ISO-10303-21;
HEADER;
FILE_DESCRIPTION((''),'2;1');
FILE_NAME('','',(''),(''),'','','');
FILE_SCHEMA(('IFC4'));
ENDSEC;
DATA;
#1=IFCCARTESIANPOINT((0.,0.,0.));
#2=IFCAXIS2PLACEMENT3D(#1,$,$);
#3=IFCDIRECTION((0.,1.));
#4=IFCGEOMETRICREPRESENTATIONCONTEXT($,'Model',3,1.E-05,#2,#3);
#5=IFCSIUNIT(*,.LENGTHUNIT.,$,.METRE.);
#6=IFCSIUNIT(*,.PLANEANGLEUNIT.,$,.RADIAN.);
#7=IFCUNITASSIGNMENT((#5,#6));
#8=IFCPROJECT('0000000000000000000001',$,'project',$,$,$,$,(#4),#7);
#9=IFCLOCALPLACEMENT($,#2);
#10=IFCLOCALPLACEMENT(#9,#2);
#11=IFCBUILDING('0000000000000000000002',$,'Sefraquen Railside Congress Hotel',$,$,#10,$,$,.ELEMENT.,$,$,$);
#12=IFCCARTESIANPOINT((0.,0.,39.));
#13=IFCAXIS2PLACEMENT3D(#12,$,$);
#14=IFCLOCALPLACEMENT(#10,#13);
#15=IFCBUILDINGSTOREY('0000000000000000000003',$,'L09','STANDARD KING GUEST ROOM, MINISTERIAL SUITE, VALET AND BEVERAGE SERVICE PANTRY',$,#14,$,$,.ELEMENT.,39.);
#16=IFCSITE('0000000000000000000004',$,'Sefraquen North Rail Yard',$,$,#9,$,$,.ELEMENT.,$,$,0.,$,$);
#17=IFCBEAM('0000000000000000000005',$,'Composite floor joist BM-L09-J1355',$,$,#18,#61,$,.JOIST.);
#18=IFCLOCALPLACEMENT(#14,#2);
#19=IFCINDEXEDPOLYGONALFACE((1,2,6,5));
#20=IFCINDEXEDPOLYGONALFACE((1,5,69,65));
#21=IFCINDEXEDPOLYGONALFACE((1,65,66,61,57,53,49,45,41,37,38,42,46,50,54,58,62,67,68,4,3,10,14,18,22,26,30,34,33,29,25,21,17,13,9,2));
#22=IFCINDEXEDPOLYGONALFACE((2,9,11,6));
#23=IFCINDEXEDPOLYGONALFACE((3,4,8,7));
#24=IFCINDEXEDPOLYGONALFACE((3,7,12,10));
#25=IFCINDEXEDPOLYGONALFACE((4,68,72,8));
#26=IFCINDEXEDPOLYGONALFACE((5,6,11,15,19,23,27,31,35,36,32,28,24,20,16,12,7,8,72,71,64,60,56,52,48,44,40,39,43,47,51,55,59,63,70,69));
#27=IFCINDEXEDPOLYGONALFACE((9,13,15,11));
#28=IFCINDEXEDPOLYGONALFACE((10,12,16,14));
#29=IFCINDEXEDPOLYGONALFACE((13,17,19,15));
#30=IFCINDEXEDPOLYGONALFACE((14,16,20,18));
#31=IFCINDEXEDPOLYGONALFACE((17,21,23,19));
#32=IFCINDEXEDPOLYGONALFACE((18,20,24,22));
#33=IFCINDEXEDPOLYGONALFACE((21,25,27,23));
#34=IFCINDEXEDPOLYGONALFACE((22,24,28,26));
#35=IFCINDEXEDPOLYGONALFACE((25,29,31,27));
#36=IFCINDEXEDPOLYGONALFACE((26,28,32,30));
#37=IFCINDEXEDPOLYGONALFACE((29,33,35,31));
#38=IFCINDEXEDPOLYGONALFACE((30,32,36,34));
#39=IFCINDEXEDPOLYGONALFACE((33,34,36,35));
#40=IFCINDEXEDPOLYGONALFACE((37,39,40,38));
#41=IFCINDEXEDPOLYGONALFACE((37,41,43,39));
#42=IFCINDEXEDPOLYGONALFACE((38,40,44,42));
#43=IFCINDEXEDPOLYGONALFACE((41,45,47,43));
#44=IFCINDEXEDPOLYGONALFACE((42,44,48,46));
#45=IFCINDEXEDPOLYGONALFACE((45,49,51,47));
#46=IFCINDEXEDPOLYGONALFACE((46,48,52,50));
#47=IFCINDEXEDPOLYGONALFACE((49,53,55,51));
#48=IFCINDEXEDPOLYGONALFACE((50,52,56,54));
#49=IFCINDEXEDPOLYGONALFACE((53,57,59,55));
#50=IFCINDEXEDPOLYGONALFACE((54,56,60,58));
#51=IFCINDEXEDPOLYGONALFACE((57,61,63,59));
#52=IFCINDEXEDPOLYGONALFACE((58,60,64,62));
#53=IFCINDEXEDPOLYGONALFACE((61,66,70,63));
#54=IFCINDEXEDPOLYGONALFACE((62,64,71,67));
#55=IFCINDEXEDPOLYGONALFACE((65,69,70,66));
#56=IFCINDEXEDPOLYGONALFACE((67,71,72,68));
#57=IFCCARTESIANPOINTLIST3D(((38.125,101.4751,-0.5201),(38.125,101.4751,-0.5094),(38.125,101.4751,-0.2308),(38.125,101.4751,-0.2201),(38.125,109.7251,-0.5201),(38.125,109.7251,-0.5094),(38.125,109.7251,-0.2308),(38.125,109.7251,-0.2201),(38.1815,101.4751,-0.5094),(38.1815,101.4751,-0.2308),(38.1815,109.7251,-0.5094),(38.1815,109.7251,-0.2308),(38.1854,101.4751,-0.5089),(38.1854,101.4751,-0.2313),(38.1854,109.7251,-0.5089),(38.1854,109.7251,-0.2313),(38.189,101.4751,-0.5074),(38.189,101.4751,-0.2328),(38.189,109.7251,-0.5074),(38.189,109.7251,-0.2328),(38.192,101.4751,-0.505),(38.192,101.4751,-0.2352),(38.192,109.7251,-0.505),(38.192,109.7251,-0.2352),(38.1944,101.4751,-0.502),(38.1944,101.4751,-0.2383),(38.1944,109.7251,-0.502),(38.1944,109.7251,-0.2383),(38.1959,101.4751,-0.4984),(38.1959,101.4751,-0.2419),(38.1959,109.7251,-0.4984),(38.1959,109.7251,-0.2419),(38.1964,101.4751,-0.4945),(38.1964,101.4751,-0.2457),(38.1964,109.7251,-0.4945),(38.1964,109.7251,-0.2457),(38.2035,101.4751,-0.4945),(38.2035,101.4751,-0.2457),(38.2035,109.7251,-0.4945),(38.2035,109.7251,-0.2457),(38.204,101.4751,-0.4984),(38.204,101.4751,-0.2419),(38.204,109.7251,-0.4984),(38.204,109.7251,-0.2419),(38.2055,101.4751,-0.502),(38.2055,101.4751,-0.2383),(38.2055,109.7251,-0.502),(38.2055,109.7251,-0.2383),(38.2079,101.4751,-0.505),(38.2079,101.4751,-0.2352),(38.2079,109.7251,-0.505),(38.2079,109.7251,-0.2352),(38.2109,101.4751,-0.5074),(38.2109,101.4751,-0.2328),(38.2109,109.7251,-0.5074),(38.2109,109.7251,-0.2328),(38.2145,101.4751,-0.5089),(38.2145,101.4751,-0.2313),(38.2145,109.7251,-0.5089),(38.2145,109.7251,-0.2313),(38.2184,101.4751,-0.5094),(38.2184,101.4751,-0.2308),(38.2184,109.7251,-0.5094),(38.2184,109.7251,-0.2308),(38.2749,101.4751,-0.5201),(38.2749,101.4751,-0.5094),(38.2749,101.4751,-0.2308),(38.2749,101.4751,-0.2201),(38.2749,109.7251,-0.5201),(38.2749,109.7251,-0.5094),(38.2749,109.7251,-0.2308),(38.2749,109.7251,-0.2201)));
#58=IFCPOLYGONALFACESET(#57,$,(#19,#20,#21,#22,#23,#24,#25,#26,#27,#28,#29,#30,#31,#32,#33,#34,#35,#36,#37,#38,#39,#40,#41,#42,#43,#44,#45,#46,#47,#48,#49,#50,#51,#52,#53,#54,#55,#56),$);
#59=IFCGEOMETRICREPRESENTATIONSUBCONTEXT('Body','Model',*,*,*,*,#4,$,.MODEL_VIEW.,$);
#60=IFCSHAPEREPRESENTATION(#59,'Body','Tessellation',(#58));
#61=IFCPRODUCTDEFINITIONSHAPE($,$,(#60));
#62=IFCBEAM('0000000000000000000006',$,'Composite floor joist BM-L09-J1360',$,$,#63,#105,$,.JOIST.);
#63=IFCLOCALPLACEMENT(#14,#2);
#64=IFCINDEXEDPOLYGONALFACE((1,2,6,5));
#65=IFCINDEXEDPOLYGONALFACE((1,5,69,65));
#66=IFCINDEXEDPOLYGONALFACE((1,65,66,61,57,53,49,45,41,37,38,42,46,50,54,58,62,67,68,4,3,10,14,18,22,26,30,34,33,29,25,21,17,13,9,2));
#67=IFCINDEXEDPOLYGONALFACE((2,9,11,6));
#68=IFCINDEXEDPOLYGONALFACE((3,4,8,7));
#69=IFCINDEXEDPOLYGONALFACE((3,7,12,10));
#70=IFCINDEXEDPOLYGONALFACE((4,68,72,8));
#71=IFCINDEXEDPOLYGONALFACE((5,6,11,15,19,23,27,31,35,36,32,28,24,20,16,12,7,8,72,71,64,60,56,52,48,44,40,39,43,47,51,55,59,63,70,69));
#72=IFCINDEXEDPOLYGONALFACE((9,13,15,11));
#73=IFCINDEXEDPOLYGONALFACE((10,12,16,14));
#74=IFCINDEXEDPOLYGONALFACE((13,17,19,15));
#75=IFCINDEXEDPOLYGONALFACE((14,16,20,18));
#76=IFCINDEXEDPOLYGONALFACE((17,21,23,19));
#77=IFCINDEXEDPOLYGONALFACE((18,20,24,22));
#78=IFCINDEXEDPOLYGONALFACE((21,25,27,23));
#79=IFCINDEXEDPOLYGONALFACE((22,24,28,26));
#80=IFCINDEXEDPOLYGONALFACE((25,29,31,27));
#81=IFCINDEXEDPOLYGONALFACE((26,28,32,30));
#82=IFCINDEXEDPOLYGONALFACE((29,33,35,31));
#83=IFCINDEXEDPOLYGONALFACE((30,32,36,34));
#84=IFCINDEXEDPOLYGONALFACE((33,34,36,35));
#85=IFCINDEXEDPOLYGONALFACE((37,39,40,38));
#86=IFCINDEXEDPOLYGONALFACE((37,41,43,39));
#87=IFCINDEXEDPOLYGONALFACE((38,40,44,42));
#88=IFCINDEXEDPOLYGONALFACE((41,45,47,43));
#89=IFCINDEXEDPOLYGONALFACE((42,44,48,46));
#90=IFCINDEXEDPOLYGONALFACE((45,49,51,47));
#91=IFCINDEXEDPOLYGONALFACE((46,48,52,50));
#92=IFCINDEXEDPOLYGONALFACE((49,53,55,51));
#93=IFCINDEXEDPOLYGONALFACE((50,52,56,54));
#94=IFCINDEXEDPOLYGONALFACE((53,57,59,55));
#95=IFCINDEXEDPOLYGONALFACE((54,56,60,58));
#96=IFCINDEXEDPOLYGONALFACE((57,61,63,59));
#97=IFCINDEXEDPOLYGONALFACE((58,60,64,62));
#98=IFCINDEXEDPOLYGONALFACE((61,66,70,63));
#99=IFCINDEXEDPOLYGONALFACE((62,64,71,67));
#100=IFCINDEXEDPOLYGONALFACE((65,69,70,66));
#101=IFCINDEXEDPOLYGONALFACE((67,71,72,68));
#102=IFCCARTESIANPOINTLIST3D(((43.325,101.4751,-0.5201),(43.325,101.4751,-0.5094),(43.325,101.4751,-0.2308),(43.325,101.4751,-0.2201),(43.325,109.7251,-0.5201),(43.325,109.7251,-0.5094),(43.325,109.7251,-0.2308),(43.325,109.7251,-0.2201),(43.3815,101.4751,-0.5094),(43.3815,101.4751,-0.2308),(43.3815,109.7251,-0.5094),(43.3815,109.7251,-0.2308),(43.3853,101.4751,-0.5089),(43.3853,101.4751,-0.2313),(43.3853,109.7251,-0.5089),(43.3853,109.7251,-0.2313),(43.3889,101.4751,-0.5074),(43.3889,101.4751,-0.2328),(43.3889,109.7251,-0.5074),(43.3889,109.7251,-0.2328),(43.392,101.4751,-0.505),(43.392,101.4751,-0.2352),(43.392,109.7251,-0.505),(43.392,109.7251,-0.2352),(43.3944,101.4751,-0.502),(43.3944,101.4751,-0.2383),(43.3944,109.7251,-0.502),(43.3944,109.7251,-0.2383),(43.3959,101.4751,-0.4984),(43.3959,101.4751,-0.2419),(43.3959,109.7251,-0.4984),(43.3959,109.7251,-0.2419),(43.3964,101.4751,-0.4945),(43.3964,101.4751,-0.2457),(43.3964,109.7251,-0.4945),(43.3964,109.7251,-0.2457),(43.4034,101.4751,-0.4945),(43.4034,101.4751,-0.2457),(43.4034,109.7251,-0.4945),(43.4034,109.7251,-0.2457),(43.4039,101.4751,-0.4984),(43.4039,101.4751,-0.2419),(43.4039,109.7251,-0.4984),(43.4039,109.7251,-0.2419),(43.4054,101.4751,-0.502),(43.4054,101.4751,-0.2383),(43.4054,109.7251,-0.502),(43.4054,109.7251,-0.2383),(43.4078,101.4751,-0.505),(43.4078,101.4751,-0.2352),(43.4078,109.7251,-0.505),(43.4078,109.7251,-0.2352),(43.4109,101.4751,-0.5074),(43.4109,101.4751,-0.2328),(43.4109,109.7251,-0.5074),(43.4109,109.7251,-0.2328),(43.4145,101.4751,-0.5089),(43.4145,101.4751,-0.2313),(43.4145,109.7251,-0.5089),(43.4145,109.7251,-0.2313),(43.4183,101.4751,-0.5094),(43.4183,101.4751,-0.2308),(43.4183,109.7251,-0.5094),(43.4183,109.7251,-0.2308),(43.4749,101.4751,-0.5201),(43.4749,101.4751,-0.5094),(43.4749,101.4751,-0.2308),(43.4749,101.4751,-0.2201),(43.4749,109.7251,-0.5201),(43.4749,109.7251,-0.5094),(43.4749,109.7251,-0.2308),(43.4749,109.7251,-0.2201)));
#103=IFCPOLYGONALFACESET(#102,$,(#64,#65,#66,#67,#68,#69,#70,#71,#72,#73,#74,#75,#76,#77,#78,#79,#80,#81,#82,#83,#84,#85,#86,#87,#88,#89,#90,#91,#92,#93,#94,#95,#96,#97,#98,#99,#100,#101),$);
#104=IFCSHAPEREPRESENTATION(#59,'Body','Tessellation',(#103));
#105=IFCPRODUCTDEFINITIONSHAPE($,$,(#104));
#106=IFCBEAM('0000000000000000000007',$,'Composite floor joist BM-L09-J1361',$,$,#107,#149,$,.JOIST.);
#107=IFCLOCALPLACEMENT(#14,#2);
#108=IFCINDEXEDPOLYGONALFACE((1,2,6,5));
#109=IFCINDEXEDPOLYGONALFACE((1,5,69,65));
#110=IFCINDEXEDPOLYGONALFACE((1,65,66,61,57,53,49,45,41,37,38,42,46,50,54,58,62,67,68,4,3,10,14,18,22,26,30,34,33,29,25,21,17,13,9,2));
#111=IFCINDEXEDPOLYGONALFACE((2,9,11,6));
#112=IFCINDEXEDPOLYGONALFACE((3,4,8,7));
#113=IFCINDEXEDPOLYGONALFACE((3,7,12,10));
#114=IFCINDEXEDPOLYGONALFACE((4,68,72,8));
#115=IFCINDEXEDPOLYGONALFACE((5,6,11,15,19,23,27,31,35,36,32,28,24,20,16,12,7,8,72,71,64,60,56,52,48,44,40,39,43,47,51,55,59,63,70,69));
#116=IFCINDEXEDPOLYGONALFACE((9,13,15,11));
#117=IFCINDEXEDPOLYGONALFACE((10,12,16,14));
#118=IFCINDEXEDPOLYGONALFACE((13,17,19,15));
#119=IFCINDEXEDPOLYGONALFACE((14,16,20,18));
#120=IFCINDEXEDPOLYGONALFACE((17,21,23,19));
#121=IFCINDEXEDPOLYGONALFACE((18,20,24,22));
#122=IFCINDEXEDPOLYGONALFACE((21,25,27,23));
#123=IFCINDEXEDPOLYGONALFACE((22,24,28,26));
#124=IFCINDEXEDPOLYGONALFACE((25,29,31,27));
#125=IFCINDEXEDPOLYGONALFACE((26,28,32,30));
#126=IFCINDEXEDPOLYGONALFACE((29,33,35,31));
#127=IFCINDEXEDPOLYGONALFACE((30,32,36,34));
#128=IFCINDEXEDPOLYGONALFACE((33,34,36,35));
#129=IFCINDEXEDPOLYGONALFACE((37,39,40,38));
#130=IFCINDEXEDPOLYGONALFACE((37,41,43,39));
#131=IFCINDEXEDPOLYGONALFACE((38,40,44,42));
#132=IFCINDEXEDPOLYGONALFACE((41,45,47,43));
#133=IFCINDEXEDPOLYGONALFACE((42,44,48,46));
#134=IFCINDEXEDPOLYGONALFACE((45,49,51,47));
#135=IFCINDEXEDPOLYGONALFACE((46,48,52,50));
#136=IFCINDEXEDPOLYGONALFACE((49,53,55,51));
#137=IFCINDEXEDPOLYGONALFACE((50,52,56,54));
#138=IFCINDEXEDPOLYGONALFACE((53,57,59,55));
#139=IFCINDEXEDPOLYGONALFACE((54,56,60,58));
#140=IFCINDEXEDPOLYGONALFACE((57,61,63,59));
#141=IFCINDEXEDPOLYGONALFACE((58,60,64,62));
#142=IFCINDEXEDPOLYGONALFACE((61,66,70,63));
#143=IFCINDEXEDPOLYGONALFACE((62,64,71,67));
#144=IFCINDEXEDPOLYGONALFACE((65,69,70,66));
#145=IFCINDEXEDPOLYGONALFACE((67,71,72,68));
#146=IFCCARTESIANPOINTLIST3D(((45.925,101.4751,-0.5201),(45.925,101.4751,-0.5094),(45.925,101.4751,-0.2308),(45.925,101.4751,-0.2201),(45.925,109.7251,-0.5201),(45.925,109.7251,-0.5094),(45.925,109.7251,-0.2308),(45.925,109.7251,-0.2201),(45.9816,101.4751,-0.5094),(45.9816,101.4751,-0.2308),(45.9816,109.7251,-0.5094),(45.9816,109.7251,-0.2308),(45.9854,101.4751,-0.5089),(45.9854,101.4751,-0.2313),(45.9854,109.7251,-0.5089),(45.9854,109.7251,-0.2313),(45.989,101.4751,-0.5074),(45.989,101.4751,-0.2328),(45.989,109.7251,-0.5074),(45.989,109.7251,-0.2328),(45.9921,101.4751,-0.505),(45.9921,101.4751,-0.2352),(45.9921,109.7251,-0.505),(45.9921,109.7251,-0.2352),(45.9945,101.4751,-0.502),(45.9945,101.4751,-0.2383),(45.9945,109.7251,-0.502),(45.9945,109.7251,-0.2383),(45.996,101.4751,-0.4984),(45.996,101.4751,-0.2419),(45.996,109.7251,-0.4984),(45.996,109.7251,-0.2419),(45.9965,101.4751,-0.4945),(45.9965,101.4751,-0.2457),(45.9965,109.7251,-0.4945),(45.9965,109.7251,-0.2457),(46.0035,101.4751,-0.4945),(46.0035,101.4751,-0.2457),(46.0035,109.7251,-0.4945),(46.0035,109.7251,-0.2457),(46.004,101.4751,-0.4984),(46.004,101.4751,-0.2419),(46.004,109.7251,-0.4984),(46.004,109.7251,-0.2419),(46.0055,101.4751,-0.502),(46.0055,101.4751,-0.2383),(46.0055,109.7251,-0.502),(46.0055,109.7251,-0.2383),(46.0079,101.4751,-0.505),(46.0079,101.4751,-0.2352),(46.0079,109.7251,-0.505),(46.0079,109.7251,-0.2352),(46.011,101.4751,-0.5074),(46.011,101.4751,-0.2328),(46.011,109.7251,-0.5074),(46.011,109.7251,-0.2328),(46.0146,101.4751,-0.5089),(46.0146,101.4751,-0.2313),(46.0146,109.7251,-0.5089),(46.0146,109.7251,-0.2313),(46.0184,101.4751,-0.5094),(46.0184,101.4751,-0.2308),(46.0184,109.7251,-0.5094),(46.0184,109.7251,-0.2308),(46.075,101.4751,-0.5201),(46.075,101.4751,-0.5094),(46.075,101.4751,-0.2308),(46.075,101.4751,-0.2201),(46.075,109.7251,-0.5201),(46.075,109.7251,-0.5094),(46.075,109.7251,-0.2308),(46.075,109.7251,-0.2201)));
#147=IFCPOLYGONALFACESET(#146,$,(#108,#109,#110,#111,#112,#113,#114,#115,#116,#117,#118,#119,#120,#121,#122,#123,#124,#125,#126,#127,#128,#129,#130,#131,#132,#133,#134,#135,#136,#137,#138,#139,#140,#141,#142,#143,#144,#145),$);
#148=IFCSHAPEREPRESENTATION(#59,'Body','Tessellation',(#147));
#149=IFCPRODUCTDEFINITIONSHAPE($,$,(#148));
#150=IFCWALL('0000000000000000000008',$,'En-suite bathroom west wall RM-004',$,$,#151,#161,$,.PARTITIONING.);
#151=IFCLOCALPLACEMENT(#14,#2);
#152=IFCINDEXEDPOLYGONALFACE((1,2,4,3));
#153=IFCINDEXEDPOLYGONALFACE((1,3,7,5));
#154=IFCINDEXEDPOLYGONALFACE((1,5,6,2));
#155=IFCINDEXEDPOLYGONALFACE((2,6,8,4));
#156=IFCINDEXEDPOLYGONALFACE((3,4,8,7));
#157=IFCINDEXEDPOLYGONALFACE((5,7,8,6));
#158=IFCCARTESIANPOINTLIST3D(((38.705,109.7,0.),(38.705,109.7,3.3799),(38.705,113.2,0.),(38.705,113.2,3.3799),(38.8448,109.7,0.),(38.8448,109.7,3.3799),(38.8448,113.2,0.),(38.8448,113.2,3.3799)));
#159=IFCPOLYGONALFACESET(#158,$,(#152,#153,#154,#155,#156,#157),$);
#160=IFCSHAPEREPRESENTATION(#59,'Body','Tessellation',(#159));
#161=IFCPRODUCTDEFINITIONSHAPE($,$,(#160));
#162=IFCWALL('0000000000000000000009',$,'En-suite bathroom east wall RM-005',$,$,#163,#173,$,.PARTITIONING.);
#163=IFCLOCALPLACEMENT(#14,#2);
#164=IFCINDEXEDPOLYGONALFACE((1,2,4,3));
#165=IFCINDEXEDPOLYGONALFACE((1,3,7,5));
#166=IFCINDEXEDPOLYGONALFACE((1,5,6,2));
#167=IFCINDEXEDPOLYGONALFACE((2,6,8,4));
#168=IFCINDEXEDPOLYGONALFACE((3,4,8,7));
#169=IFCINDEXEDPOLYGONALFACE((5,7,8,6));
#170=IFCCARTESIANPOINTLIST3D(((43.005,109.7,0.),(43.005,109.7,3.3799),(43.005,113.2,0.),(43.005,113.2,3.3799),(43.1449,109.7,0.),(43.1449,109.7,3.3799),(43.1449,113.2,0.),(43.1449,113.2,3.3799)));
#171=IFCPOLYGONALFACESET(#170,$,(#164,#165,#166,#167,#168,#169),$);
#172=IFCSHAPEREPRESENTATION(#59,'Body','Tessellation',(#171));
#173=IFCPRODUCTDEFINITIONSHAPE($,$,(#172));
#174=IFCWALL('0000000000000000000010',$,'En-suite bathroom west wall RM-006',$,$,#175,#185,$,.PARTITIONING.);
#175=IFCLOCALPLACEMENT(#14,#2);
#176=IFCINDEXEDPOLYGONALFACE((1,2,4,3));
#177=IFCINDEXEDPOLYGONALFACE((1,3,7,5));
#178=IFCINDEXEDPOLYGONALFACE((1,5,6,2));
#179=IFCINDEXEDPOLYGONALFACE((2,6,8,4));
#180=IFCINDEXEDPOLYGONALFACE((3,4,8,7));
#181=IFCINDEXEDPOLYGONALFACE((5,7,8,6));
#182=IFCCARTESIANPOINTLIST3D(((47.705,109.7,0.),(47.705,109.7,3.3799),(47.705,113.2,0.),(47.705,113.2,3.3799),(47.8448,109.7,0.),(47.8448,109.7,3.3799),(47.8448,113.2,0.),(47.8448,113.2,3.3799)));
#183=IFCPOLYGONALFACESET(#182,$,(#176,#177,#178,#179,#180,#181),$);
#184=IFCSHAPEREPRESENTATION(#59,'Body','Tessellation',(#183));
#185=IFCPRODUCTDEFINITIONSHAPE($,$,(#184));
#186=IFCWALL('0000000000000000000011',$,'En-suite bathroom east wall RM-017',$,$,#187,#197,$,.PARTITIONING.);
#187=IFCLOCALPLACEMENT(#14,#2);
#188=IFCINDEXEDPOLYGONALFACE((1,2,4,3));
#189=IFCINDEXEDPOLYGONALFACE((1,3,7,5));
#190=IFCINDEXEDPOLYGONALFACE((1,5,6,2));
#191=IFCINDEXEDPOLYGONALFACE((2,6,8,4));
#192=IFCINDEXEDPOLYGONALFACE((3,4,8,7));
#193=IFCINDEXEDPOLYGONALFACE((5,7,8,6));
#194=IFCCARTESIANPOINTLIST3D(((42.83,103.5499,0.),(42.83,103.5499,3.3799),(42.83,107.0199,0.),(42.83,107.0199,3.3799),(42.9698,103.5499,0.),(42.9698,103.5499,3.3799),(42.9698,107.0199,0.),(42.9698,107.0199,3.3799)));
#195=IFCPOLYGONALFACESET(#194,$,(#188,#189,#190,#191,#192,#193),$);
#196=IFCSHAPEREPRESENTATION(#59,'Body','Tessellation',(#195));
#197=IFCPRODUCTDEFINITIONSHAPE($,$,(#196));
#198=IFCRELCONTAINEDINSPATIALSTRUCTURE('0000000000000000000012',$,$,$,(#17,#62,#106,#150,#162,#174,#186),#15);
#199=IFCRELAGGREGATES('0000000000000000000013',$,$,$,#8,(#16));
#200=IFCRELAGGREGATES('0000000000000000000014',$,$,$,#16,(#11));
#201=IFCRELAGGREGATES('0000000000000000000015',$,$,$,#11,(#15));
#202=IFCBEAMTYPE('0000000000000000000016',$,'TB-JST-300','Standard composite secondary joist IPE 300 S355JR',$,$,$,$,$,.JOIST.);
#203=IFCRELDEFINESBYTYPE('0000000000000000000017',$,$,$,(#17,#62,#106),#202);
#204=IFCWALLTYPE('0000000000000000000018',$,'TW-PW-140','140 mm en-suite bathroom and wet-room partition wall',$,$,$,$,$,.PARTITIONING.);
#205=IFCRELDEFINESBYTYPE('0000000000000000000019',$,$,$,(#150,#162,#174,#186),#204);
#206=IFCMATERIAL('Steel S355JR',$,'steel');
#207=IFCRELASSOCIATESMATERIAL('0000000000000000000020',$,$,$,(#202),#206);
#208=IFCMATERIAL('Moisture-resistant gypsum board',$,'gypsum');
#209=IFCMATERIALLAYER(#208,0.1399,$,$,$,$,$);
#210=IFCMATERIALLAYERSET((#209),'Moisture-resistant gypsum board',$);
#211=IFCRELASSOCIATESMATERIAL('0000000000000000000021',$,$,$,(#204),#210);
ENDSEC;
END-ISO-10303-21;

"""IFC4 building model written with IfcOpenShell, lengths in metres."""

from ifc_helpers import new_model, si_unit, direction, frame, frame_2d, origin, origin_2d, place, context, subcontext, project, spatial, rectangle, i_section, extrude, material, layer, layer_set, material_profile, profile_set, type_object, element, save


model = new_model("IFC4")

# Units and contexts
model_context = context("Model", 3, precision=1e-05, world=origin(), true_north=direction((0.0, 1.0)))
body_context = subcontext(model_context, "Body", "Model", "MODEL_VIEW")
ifc_project = project(units=[si_unit("LENGTHUNIT", "METRE"), si_unit("PLANEANGLEUNIT", "RADIAN")], contexts=[model_context])

# Site, building, storey
site_placement = place(None, origin())
site = spatial("IfcSite", under=ifc_project, at=site_placement, Name="Sefraquen North Rail Yard", CompositionType="ELEMENT", RefElevation=0.0)
building_placement = place(site_placement, origin())
building = spatial("IfcBuilding", under=site, at=building_placement, Name="Sefraquen Railside Congress Hotel", CompositionType="ELEMENT")
storey_placement = place(building_placement, frame((0.0, 0.0, 39.0)))
storey = spatial("IfcBuildingStorey", under=building, at=storey_placement, Name="L09", Description="STANDARD KING GUEST ROOM, MINISTERIAL SUITE, VALET AND BEVERAGE SERVICE PANTRY", CompositionType="ELEMENT", Elevation=39.0)

# Shared definitions
ifc_material_1 = material(Name="Steel S355JR", Category="steel")

# Beams
ifc_material_profile_1 = material_profile(ifc_material_1, i_section(OverallWidth=0.1499, OverallDepth=0.3, WebThickness=0.0071, FlangeThickness=0.0107, FilletRadius=0.0149, at=origin_2d()), Name="IPE 300")
ifc_profile_set_1 = profile_set([ifc_material_profile_1], Name="Steel S355JR")
beam_type_1 = type_object("IfcBeamType", Name="TB-JST-300", Description="Standard composite secondary joist IPE 300 S355JR", PredefinedType="JOIST", material=ifc_profile_set_1)
for number, where, z_axis, x_axis, name in (
    (1, (38.2, 101.4751, -0.3701), (0.0, 1.0, 0.0), (-1.0, 0.0, 0.0), "Composite floor joist BM-L09-J1355"),
    (2, (43.3999, 101.4751, -0.3701), (0.0, 1.0, 0.0), (-1.0, 0.0, 0.0), "Composite floor joist BM-L09-J1360"),
    (3, (46.0, 101.4751, -0.3701), (0.0, 1.0, 0.0), (-1.0, 0.0, 0.0), "Composite floor joist BM-L09-J1361"),
):
    element("IfcBeam", number, at=place(storey_placement, frame(where, z_axis=z_axis, x_axis=x_axis)), inside=storey, type_object=beam_type_1, Name=name, PredefinedType="JOIST", context=body_context, shape_type="SweptSolid", body=[
        extrude(i_section(OverallWidth=0.1499, OverallDepth=0.3, WebThickness=0.0071, FlangeThickness=0.0107, FilletRadius=0.0149, at=origin_2d()), origin(), (0.0, 0.0, 1.0), 8.25),
    ])

# Walls
ifc_material_2 = material(Name="Moisture-resistant gypsum board", Category="gypsum")
ifc_layer_1 = layer(ifc_material_2, 0.1399)
ifc_layer_set_1 = layer_set([ifc_layer_1], Name="Moisture-resistant gypsum board")
wall_type_1 = type_object("IfcWallType", Name="TW-PW-140", Description="140 mm en-suite bathroom and wet-room partition wall", PredefinedType="PARTITIONING", material=ifc_layer_set_1)
for number, where, z_axis, x_axis, name in (
    (4, (38.7749, 109.7, 0.0), (0.0, 0.0, 1.0), (0.0, 1.0, 0.0), "En-suite bathroom west wall RM-004"),
    (5, (43.075, 109.7, 0.0), (0.0, 0.0, 1.0), (0.0, 1.0, 0.0), "En-suite bathroom east wall RM-005"),
    (6, (47.7749, 109.7, 0.0), (0.0, 0.0, 1.0), (0.0, 1.0, 0.0), "En-suite bathroom west wall RM-006"),
):
    element("IfcWall", number, at=place(storey_placement, frame(where, z_axis=z_axis, x_axis=x_axis)), inside=storey, type_object=wall_type_1, Name=name, PredefinedType="PARTITIONING", context=body_context, shape_type="SweptSolid", body=[
        extrude(rectangle(XDim=3.5, YDim=0.1399, at=frame_2d((1.75, 0.0))), origin(), (0.0, 0.0, 1.0), 3.3799),
    ])
wall_1_placement = place(storey_placement, frame((42.8999, 103.55, 0.0), z_axis=(0.0, 0.0, 1.0), x_axis=(0.0, 1.0, 0.0)))
element("IfcWall", 7, at=wall_1_placement, inside=storey, type_object=wall_type_1, Name="En-suite bathroom east wall RM-017", PredefinedType="PARTITIONING", context=body_context, shape_type="SweptSolid", body=[
    extrude(rectangle(XDim=3.47, YDim=0.1399, at=frame_2d((1.7349, 0.0))), origin(), (0.0, 0.0, 1.0), 3.3799),
])

save(model, "model.ifc")
